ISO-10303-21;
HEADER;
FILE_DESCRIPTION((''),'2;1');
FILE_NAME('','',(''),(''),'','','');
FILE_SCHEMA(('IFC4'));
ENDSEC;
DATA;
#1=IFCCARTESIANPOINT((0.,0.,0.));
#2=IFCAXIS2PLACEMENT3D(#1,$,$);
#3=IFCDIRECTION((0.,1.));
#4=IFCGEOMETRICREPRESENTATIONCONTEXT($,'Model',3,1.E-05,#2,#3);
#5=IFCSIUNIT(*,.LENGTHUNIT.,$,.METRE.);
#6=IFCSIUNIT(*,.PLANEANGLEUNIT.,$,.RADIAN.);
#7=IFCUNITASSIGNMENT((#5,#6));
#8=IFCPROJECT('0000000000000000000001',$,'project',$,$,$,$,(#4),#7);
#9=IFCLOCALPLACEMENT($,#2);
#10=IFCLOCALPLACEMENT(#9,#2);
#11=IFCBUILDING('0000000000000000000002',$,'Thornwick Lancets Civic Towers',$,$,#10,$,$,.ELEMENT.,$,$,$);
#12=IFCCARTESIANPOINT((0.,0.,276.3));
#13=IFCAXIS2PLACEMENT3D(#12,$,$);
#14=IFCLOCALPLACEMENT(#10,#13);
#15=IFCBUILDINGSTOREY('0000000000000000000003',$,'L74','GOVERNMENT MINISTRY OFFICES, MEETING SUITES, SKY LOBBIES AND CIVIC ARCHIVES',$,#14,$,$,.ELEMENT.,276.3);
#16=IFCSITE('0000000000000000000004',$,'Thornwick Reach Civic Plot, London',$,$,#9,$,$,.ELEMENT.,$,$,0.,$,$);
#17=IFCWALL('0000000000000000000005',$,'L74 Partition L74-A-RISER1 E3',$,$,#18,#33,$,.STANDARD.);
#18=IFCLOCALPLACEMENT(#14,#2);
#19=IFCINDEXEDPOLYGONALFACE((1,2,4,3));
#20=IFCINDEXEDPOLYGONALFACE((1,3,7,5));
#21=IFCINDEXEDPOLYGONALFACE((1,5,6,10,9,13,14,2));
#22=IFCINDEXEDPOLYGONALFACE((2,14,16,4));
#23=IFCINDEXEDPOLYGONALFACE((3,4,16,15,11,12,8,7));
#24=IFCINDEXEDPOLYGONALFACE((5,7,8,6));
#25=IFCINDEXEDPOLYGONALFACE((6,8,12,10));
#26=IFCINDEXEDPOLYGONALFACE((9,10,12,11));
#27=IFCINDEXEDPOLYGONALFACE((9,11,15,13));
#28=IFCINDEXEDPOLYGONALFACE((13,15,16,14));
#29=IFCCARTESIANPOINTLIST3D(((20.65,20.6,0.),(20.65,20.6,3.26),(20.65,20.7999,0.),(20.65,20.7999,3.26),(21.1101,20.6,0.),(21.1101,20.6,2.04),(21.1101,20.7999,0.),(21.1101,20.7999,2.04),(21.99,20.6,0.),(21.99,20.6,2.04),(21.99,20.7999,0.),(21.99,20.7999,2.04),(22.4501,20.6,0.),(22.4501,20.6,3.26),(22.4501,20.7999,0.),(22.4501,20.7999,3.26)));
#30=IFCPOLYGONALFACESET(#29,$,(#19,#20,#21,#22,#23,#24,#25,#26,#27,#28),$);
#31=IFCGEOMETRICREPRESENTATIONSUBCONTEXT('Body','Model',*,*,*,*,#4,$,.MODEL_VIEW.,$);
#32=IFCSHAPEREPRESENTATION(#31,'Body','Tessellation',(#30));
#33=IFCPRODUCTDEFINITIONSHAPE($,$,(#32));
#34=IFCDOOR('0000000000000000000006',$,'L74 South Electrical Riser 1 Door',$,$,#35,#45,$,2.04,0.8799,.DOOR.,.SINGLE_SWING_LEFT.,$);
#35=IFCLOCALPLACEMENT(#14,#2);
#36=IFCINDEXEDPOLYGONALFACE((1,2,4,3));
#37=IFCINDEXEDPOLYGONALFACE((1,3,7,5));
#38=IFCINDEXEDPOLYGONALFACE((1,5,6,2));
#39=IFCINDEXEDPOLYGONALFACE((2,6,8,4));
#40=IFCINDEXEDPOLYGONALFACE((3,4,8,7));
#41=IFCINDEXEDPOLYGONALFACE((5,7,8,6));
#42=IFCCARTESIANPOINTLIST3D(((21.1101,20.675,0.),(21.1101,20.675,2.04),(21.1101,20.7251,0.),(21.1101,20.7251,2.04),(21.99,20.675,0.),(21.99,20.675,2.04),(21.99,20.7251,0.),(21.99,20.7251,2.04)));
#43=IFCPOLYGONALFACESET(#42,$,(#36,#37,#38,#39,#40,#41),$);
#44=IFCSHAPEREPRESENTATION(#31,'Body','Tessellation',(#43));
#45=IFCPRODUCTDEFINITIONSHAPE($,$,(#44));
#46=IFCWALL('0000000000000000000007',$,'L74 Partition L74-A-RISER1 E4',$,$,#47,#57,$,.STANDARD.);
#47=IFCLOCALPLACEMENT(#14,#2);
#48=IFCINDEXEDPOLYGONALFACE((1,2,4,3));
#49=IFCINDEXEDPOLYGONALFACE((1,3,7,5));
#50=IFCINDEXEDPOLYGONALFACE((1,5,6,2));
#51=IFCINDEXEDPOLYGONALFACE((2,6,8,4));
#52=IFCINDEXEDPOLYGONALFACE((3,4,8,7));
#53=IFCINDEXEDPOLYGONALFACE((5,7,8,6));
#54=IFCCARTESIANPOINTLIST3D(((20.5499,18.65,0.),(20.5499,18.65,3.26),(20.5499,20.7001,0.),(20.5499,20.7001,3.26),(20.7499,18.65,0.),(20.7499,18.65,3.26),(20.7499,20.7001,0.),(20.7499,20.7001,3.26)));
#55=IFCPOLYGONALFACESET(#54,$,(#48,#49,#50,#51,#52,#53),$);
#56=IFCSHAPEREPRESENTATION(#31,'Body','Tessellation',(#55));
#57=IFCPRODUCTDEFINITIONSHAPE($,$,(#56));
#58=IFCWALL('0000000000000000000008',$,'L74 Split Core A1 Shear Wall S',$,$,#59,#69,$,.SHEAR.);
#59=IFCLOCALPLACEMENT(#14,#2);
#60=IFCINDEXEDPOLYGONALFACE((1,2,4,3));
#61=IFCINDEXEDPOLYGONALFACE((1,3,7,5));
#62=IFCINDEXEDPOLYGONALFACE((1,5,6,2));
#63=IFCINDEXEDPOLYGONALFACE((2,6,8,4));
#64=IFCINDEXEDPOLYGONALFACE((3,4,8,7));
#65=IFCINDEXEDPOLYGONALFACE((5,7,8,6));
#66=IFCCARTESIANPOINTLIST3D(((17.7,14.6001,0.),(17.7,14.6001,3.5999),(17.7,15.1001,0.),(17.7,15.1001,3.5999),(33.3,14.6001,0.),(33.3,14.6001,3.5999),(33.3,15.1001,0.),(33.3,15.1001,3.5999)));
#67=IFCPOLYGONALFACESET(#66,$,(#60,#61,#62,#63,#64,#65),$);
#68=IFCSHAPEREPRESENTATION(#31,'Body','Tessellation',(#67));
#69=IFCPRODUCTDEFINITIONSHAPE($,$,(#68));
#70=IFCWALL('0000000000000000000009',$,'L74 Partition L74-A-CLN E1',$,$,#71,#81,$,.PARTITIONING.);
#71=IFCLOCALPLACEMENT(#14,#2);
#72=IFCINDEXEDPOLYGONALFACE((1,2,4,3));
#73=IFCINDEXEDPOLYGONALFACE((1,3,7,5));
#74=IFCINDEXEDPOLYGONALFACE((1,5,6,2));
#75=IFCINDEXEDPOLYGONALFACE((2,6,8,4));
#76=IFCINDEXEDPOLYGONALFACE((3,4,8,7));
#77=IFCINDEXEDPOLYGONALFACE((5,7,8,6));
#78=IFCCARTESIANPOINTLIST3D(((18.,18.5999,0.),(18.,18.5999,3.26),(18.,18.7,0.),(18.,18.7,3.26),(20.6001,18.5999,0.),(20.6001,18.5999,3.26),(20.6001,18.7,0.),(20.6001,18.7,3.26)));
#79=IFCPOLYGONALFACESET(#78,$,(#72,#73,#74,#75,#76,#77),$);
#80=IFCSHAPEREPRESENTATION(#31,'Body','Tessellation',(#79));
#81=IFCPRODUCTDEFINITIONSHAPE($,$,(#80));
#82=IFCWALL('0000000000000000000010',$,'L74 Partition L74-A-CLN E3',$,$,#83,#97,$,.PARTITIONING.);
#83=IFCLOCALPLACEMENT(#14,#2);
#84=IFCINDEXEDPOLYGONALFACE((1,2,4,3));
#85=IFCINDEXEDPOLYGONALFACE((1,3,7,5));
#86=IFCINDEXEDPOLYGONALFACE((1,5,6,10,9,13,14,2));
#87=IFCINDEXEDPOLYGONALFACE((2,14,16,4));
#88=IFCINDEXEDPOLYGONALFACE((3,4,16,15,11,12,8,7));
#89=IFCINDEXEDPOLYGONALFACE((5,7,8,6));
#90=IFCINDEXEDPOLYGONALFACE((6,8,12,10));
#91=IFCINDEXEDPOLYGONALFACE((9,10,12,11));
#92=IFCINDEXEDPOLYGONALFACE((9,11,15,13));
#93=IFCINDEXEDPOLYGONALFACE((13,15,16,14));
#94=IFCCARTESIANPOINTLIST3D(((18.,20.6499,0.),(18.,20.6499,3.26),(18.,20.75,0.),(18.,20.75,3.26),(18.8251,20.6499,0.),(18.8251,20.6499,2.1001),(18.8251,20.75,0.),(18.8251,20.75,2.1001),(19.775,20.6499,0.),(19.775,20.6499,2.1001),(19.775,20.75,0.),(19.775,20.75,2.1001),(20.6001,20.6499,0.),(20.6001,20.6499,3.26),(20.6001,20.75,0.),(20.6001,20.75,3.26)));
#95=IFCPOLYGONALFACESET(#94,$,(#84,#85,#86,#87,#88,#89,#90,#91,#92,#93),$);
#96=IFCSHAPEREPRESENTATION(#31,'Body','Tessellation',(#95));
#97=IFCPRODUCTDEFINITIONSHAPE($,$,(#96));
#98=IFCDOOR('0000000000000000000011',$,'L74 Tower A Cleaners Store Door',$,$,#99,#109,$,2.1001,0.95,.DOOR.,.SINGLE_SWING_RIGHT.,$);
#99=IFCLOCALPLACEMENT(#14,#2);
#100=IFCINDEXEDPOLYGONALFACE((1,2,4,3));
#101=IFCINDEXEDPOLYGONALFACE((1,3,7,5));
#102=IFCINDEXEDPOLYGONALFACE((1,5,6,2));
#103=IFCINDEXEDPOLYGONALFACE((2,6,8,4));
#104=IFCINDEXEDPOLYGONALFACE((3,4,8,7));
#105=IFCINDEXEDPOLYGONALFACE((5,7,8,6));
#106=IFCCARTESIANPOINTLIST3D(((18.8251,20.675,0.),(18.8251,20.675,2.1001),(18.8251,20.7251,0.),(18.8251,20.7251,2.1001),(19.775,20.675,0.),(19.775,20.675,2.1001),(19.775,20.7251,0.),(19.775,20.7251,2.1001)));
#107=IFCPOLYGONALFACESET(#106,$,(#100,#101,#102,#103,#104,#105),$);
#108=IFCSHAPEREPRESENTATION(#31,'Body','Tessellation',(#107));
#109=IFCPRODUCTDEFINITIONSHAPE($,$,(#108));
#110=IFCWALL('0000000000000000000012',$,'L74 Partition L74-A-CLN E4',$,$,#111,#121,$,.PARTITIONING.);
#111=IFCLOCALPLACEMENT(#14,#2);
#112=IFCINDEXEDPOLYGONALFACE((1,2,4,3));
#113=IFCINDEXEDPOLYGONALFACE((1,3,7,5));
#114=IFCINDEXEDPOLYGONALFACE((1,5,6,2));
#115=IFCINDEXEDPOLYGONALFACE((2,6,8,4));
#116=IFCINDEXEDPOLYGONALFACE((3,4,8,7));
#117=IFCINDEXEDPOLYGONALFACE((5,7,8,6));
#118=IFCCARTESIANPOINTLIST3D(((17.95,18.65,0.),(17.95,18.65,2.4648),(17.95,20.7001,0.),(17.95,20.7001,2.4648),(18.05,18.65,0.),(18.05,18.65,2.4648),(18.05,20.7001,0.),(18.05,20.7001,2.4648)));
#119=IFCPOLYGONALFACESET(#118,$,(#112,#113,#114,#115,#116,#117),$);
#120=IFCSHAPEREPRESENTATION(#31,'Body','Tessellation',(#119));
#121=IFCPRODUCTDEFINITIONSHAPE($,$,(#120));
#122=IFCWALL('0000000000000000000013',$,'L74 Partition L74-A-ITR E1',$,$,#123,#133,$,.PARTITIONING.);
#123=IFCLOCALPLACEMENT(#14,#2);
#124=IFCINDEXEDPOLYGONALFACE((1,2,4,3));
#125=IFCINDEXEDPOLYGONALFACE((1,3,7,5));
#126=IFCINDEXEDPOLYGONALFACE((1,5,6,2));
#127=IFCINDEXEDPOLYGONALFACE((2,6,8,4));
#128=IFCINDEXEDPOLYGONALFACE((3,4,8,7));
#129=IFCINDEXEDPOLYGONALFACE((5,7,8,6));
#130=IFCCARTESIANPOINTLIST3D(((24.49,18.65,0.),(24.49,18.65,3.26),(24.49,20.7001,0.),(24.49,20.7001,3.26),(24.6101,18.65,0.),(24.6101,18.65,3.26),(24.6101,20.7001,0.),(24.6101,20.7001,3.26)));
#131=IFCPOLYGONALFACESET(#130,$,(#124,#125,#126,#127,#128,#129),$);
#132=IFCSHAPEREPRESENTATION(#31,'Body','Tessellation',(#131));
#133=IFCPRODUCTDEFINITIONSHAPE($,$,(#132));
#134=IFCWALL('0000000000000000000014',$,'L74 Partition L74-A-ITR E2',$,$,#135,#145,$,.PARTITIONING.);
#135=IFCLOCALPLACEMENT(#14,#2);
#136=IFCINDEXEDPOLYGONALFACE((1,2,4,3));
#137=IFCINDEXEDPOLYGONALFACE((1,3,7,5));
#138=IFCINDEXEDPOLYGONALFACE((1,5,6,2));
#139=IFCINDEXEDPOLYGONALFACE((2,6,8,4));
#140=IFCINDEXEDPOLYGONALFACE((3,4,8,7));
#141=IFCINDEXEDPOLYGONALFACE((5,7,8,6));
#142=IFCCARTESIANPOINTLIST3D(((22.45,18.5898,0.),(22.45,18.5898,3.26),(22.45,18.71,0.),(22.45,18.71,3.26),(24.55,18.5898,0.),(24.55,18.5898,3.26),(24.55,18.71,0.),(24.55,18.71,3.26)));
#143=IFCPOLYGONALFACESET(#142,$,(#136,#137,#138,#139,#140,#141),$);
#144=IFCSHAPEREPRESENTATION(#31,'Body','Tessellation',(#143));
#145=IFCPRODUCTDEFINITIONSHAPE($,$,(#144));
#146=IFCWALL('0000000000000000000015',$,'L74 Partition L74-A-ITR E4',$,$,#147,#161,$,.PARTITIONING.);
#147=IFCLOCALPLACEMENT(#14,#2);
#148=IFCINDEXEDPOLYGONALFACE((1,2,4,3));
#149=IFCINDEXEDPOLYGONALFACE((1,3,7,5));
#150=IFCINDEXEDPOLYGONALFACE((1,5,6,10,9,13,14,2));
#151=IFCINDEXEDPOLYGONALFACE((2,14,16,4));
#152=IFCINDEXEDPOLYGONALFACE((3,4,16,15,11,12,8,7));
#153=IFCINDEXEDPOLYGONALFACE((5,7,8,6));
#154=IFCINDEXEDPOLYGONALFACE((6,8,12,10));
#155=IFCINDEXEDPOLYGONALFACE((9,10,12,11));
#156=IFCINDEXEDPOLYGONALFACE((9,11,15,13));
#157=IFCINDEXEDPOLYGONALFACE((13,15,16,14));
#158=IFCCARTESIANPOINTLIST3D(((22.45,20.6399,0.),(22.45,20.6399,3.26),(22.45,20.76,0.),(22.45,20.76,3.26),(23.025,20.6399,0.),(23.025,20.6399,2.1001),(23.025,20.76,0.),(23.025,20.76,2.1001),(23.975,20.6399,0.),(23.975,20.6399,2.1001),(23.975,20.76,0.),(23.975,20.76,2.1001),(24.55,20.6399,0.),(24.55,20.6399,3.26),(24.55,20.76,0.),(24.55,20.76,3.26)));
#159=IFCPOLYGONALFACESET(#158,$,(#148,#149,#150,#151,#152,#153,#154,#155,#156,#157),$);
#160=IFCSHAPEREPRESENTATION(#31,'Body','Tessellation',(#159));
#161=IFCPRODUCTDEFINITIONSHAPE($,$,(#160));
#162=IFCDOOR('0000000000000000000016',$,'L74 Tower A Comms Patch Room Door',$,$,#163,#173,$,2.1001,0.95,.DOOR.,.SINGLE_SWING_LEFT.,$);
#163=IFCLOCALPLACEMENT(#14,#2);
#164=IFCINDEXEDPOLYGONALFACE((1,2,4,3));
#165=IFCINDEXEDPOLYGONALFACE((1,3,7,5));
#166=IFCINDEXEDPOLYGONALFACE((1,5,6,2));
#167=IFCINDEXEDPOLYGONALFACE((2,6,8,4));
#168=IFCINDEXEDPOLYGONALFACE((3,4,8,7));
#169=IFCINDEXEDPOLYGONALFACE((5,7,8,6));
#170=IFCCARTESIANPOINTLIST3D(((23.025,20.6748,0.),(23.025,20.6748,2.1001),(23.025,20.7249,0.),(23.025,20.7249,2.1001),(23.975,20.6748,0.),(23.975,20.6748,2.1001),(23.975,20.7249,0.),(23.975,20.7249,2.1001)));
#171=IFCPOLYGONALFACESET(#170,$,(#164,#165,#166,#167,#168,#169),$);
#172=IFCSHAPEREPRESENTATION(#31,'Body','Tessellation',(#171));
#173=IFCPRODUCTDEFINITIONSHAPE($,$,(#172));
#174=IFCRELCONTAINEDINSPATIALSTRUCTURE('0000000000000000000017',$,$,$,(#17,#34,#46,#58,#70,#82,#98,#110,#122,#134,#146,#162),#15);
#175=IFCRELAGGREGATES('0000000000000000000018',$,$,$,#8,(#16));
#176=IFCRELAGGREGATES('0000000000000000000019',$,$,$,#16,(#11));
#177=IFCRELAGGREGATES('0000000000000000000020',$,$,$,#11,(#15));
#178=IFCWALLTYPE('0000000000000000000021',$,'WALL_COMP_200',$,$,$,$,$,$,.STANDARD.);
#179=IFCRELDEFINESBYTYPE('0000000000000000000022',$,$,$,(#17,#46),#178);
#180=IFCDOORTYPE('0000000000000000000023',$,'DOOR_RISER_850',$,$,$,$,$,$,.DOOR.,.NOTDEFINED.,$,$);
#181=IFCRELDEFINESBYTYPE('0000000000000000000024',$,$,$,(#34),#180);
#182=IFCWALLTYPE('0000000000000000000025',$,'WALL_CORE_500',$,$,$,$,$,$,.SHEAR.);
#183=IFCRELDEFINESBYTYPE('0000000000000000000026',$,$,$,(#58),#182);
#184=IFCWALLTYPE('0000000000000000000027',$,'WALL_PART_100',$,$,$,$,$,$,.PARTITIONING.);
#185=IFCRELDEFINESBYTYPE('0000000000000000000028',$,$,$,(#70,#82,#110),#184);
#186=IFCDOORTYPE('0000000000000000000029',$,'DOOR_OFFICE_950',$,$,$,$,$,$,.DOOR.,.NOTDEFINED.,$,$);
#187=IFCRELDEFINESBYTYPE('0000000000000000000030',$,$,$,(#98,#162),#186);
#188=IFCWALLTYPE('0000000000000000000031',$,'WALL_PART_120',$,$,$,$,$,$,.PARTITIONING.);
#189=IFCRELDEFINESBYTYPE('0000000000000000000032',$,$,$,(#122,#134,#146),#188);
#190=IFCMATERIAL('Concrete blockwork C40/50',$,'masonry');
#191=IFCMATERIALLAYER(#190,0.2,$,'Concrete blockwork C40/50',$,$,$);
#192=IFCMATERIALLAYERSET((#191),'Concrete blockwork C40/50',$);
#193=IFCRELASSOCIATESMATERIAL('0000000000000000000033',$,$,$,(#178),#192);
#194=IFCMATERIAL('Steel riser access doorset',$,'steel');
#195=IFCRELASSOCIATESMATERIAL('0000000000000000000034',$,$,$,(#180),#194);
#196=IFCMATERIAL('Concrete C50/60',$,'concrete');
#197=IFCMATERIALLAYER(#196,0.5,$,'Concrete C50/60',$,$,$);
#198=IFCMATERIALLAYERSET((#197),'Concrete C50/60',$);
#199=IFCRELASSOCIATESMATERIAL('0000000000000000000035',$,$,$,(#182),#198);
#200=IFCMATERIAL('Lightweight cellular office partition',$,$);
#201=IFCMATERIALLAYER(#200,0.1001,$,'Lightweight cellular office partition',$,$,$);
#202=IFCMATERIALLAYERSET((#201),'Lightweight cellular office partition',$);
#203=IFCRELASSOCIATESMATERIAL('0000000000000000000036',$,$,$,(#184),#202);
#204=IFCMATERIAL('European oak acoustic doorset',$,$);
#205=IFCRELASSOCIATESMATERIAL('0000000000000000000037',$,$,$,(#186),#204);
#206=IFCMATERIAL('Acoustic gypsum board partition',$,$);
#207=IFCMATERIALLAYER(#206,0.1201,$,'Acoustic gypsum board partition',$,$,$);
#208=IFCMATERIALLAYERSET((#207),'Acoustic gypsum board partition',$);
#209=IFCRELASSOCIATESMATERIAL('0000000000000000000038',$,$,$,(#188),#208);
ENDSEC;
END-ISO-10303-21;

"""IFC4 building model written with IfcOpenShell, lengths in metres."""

from ifc_helpers import new_model, si_unit, direction, frame, frame_2d, origin, place, context, subcontext, project, spatial, rectangle, extrude, material, layer, layer_set, type_object, element, fill, save


model = new_model("IFC4")

# Units and contexts
model_context = context("Model", 3, precision=1e-05, world=origin(), true_north=direction((0.0, 1.0)))
body_context = subcontext(model_context, "Body", "Model", "MODEL_VIEW")
ifc_project = project(units=[si_unit("LENGTHUNIT", "METRE"), si_unit("PLANEANGLEUNIT", "RADIAN")], contexts=[model_context])

# Site, building, storey
site_placement = place(None, origin())
site = spatial("IfcSite", under=ifc_project, at=site_placement, Name="Thornwick Reach Civic Plot, London", CompositionType="ELEMENT", RefElevation=0.0)
building_placement = place(site_placement, origin())
building = spatial("IfcBuilding", under=site, at=building_placement, Name="Thornwick Lancets Civic Towers", CompositionType="ELEMENT")
storey_placement = place(building_placement, frame((0.0, 0.0, 276.3)))
storey = spatial("IfcBuildingStorey", under=building, at=storey_placement, Name="L74", Description="GOVERNMENT MINISTRY OFFICES, MEETING SUITES, SKY LOBBIES AND CIVIC ARCHIVES", CompositionType="ELEMENT", Elevation=276.3)

# Shared definitions
ifc_material_1 = material(Name="Concrete C50/60", Category="concrete")

# Shared definitions
ifc_material_2 = material(Name="Concrete blockwork C40/50", Category="masonry")
ifc_layer_1 = layer(ifc_material_2, 0.2, Name="Concrete blockwork C40/50")
ifc_layer_set_1 = layer_set([ifc_layer_1], Name="Concrete blockwork C40/50")
wall_type_1 = type_object("IfcWallType", Name="WALL_COMP_200", PredefinedType="STANDARD", material=ifc_layer_set_1)

# Wall, opening, door
wall_1_placement = place(storey_placement, frame((22.45, 20.7, 0.0), z_axis=(0.0, 0.0, 1.0), x_axis=(-1.0, 0.0, 0.0)))
wall_1 = element("IfcWall", 1, at=wall_1_placement, inside=storey, type_object=wall_type_1, Name="L74 Partition L74-A-RISER1 E3", PredefinedType="STANDARD", context=body_context, shape_type="SweptSolid", body=[
    extrude(rectangle(XDim=1.8, YDim=0.2, at=frame_2d((0.8999, 0.0))), origin(), (0.0, 0.0, 1.0), 3.26),
])
opening_1_placement = place(wall_1_placement, frame((0.46, 0.0, 0.0)))
opening_1 = element("IfcOpeningElement", 2, at=opening_1_placement, cuts=wall_1, PredefinedType="OPENING", context=body_context, shape_type="SweptSolid", body=[
    extrude(rectangle(XDim=0.8799, YDim=2.04, at=frame_2d((0.4399, 1.02))), frame((0.0, 0.1099, 0.0), z_axis=(0.0, -1.0, 0.0), x_axis=(1.0, 0.0, 0.0)), (0.0, 0.0, 1.0), 0.22),
])
ifc_material_3 = material(Name="Steel riser access doorset", Category="steel")
door_type_1 = type_object("IfcDoorType", Name="DOOR_RISER_850", OperationType="NOTDEFINED", PredefinedType="DOOR", material=ifc_material_3)
door_1_placement = place(opening_1_placement, origin())
door_1 = element("IfcDoor", 3, at=door_1_placement, inside=storey, type_object=door_type_1, Name="L74 South Electrical Riser 1 Door", OperationType="SINGLE_SWING_LEFT", OverallHeight=2.04, OverallWidth=0.8799, PredefinedType="DOOR", context=body_context, shape_type="SweptSolid", body=[
    extrude(rectangle(XDim=0.8799, YDim=2.04, at=frame_2d((0.4399, 1.02))), frame((0.0, 0.0249, 0.0), z_axis=(0.0, -1.0, 0.0), x_axis=(1.0, 0.0, 0.0)), (0.0, 0.0, 1.0), 0.05),
])
fill(opening_1, door_1)

# Walls
wall_2_placement = place(storey_placement, frame((20.6499, 20.7, 0.0), z_axis=(0.0, 0.0, 1.0), x_axis=(0.0, -1.0, 0.0)))
element("IfcWall", 4, at=wall_2_placement, inside=storey, type_object=wall_type_1, Name="L74 Partition L74-A-RISER1 E4", PredefinedType="STANDARD", context=body_context, shape_type="SweptSolid", body=[
    extrude(rectangle(XDim=2.05, YDim=0.2, at=frame_2d((1.0249, 0.0))), origin(), (0.0, 0.0, 1.0), 3.26),
])
ifc_layer_2 = layer(ifc_material_1, 0.5, Name="Concrete C50/60")
ifc_layer_set_2 = layer_set([ifc_layer_2], Name="Concrete C50/60")
wall_type_2 = type_object("IfcWallType", Name="WALL_CORE_500", PredefinedType="SHEAR", material=ifc_layer_set_2)
wall_3_placement = place(storey_placement, frame((17.7, 14.8501, 0.0), z_axis=(0.0, 0.0, 1.0), x_axis=(1.0, 0.0, 0.0)))
element("IfcWall", 5, at=wall_3_placement, inside=storey, type_object=wall_type_2, Name="L74 Split Core A1 Shear Wall S", PredefinedType="SHEAR", context=body_context, shape_type="SweptSolid", body=[
    extrude(rectangle(XDim=15.6001, YDim=0.5, at=frame_2d((7.8, 0.0))), origin(), (0.0, 0.0, 1.0), 3.5999),
])
ifc_material_4 = material(Name="Lightweight cellular office partition")
ifc_layer_3 = layer(ifc_material_4, 0.1001, Name="Lightweight cellular office partition")
ifc_layer_set_3 = layer_set([ifc_layer_3], Name="Lightweight cellular office partition")
wall_type_3 = type_object("IfcWallType", Name="WALL_PART_100", PredefinedType="PARTITIONING", material=ifc_layer_set_3)
wall_4_placement = place(storey_placement, frame((18.0, 18.6499, 0.0), z_axis=(0.0, 0.0, 1.0), x_axis=(1.0, 0.0, 0.0)))
element("IfcWall", 6, at=wall_4_placement, inside=storey, type_object=wall_type_3, Name="L74 Partition L74-A-CLN E1", PredefinedType="PARTITIONING", context=body_context, shape_type="SweptSolid", body=[
    extrude(rectangle(XDim=2.6001, YDim=0.1001, at=frame_2d((1.3, 0.0))), origin(), (0.0, 0.0, 1.0), 3.26),
])

# Wall, opening, door
wall_5_placement = place(storey_placement, frame((20.6001, 20.7, 0.0), z_axis=(0.0, 0.0, 1.0), x_axis=(-1.0, 0.0, 0.0)))
wall_5 = element("IfcWall", 7, at=wall_5_placement, inside=storey, type_object=wall_type_3, Name="L74 Partition L74-A-CLN E3", PredefinedType="PARTITIONING", context=body_context, shape_type="SweptSolid", body=[
    extrude(rectangle(XDim=2.6001, YDim=0.1001, at=frame_2d((1.3, 0.0))), origin(), (0.0, 0.0, 1.0), 3.26),
])
opening_2_placement = place(wall_5_placement, frame((0.825, 0.0, 0.0)))
opening_2 = element("IfcOpeningElement", 8, at=opening_2_placement, cuts=wall_5, PredefinedType="OPENING", context=body_context, shape_type="SweptSolid", body=[
    extrude(rectangle(XDim=0.95, YDim=2.1001, at=frame_2d((0.4751, 1.05))), frame((0.0, 0.0601, 0.0), z_axis=(0.0, -1.0, 0.0), x_axis=(1.0, 0.0, 0.0)), (0.0, 0.0, 1.0), 0.1201),
])
ifc_material_5 = material(Name="European oak acoustic doorset")
door_type_2 = type_object("IfcDoorType", Name="DOOR_OFFICE_950", OperationType="NOTDEFINED", PredefinedType="DOOR", material=ifc_material_5)
door_2_placement = place(opening_2_placement, origin())
door_2 = element("IfcDoor", 9, at=door_2_placement, inside=storey, type_object=door_type_2, Name="L74 Tower A Cleaners Store Door", OperationType="SINGLE_SWING_RIGHT", OverallHeight=2.1001, OverallWidth=0.95, PredefinedType="DOOR", context=body_context, shape_type="SweptSolid", body=[
    extrude(rectangle(XDim=0.95, YDim=2.1001, at=frame_2d((0.4751, 1.05))), frame((0.0, 0.0249, 0.0), z_axis=(0.0, -1.0, 0.0), x_axis=(1.0, 0.0, 0.0)), (0.0, 0.0, 1.0), 0.05),
])
fill(opening_2, door_2)

# Walls
wall_6_placement = place(storey_placement, frame((18.0, 20.7, 0.0), z_axis=(0.0, 0.0, 1.0), x_axis=(0.0, -1.0, 0.0)))
element("IfcWall", 10, at=wall_6_placement, inside=storey, type_object=wall_type_3, Name="L74 Partition L74-A-CLN E4", PredefinedType="PARTITIONING", context=body_context, shape_type="SweptSolid", body=[
    extrude(rectangle(XDim=2.05, YDim=0.1001, at=frame_2d((1.0249, 0.0))), origin(), (0.0, 0.0, 1.0), 2.4648),
])
ifc_material_6 = material(Name="Acoustic gypsum board partition")
ifc_layer_4 = layer(ifc_material_6, 0.1201, Name="Acoustic gypsum board partition")
ifc_layer_set_4 = layer_set([ifc_layer_4], Name="Acoustic gypsum board partition")
wall_type_4 = type_object("IfcWallType", Name="WALL_PART_120", PredefinedType="PARTITIONING", material=ifc_layer_set_4)
wall_7_placement = place(storey_placement, frame((24.55, 20.7, 0.0), z_axis=(0.0, 0.0, 1.0), x_axis=(0.0, -1.0, 0.0)))
element("IfcWall", 11, at=wall_7_placement, inside=storey, type_object=wall_type_4, Name="L74 Partition L74-A-ITR E1", PredefinedType="PARTITIONING", context=body_context, shape_type="SweptSolid", body=[
    extrude(rectangle(XDim=2.05, YDim=0.1201, at=frame_2d((1.0249, 0.0))), origin(), (0.0, 0.0, 1.0), 3.26),
])
wall_8_placement = place(storey_placement, frame((24.55, 18.6499, 0.0), z_axis=(0.0, 0.0, 1.0), x_axis=(-1.0, 0.0, 0.0)))
element("IfcWall", 12, at=wall_8_placement, inside=storey, type_object=wall_type_4, Name="L74 Partition L74-A-ITR E2", PredefinedType="PARTITIONING", context=body_context, shape_type="SweptSolid", body=[
    extrude(rectangle(XDim=2.1001, YDim=0.1201, at=frame_2d((1.05, 0.0))), origin(), (0.0, 0.0, 1.0), 3.26),
])

# Wall, opening, door
wall_9_placement = place(storey_placement, frame((22.45, 20.7, 0.0), z_axis=(0.0, 0.0, 1.0), x_axis=(1.0, 0.0, 0.0)))
wall_9 = element("IfcWall", 13, at=wall_9_placement, inside=storey, type_object=wall_type_4, Name="L74 Partition L74-A-ITR E4", PredefinedType="PARTITIONING", context=body_context, shape_type="SweptSolid", body=[
    extrude(rectangle(XDim=2.1001, YDim=0.1201, at=frame_2d((1.05, 0.0))), origin(), (0.0, 0.0, 1.0), 3.26),
])
opening_3_placement = place(wall_9_placement, frame((0.575, 0.0, 0.0)))
opening_3 = element("IfcOpeningElement", 14, at=opening_3_placement, cuts=wall_9, PredefinedType="OPENING", context=body_context, shape_type="SweptSolid", body=[
    extrude(rectangle(XDim=0.95, YDim=2.1001, at=frame_2d((0.4751, 1.05))), frame((0.0, 0.0701, 0.0), z_axis=(0.0, -1.0, 0.0), x_axis=(1.0, 0.0, 0.0)), (0.0, 0.0, 1.0), 0.1401),
])
door_3_placement = place(opening_3_placement, origin())
door_3 = element("IfcDoor", 15, at=door_3_placement, inside=storey, type_object=door_type_2, Name="L74 Tower A Comms Patch Room Door", OperationType="SINGLE_SWING_LEFT", OverallHeight=2.1001, OverallWidth=0.95, PredefinedType="DOOR", context=body_context, shape_type="SweptSolid", body=[
    extrude(rectangle(XDim=0.95, YDim=2.1001, at=frame_2d((0.4751, 1.05))), frame((0.0, 0.0249, 0.0), z_axis=(0.0, -1.0, 0.0), x_axis=(1.0, 0.0, 0.0)), (0.0, 0.0, 1.0), 0.05),
])
fill(opening_3, door_3)

save(model, "model.ifc")
